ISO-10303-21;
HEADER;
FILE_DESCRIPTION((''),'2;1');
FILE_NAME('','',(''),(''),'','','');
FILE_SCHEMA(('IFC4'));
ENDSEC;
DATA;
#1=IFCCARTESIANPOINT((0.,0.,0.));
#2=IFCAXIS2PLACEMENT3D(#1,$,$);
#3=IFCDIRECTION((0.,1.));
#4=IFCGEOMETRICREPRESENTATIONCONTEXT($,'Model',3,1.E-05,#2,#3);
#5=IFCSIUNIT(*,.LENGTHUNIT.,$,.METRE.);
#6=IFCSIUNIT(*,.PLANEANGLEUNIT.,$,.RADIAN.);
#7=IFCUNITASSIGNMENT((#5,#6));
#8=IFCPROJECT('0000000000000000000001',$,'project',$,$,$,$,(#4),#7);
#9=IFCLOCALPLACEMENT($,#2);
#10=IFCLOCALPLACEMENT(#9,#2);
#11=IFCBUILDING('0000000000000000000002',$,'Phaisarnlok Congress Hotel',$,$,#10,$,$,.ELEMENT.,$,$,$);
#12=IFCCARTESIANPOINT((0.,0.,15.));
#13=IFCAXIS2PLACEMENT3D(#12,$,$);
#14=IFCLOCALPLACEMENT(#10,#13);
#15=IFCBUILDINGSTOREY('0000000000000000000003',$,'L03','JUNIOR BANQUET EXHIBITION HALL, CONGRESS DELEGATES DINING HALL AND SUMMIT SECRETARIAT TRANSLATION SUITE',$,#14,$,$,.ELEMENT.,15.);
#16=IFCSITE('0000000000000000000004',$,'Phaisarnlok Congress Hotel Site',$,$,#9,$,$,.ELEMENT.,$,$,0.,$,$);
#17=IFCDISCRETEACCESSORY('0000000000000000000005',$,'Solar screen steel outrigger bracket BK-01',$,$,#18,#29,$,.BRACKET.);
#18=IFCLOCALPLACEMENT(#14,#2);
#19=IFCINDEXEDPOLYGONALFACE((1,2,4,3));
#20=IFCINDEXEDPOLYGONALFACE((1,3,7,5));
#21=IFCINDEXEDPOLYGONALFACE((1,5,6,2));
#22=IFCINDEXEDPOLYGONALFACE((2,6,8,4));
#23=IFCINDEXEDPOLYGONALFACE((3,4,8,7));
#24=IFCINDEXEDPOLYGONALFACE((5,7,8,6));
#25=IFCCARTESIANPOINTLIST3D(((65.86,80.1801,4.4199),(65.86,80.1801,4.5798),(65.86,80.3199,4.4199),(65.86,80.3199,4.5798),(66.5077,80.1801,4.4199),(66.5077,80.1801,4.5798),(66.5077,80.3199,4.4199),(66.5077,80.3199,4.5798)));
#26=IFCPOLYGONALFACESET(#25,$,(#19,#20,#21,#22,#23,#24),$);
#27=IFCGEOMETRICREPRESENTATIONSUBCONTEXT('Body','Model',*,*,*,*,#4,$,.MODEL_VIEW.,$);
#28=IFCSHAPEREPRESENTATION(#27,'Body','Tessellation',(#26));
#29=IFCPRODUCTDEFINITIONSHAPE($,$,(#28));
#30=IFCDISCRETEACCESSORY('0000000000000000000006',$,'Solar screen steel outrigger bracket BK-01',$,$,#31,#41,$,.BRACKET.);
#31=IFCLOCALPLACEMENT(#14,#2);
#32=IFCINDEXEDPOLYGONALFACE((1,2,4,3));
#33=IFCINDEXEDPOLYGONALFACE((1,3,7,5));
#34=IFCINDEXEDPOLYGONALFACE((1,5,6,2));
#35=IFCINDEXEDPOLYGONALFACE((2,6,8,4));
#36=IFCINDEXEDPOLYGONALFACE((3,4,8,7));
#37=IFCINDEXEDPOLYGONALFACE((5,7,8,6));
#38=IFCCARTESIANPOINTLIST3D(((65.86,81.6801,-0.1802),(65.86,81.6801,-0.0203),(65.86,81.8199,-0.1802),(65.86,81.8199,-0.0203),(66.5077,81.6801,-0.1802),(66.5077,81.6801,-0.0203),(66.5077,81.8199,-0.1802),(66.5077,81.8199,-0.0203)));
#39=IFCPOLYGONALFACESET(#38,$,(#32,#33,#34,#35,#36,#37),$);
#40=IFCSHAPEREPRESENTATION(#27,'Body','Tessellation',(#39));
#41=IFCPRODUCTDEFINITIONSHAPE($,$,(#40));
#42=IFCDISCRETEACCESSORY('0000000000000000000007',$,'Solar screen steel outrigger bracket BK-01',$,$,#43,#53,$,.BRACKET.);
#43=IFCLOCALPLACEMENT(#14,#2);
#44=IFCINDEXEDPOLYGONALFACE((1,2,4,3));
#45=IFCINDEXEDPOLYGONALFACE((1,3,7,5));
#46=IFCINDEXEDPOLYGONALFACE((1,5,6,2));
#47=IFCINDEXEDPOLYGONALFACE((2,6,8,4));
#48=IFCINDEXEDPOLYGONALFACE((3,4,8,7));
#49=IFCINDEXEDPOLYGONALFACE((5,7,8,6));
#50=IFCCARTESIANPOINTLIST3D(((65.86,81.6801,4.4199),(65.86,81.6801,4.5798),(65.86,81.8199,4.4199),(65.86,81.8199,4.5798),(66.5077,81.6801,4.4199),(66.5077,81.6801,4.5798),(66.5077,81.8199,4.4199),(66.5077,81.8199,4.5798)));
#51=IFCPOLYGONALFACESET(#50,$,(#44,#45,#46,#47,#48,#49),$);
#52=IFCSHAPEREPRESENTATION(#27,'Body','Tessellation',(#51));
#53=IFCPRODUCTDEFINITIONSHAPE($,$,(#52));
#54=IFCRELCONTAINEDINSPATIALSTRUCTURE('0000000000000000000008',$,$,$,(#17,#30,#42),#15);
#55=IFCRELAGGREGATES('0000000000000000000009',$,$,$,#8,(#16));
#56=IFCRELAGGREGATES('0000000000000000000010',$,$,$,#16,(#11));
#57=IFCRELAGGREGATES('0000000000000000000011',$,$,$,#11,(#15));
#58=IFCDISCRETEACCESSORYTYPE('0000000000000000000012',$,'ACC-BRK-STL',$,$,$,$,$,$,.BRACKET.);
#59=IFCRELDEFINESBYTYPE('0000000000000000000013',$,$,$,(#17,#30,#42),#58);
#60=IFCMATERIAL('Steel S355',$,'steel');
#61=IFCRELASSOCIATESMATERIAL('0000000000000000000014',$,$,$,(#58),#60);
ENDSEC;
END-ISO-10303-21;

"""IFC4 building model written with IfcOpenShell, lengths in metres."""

from ifc_helpers import new_model, si_unit, direction, frame, origin, origin_2d, place, context, subcontext, project, spatial, rectangle, extrude, material, type_object, element, save


model = new_model("IFC4")

# Units and contexts
model_context = context("Model", 3, precision=1e-05, world=origin(), true_north=direction((0.0, 1.0)))
body_context = subcontext(model_context, "Body", "Model", "MODEL_VIEW")
ifc_project = project(units=[si_unit("LENGTHUNIT", "METRE"), si_unit("PLANEANGLEUNIT", "RADIAN")], contexts=[model_context])

# Site, building, storey
site_placement = place(None, origin())
site = spatial("IfcSite", under=ifc_project, at=site_placement, Name="Phaisarnlok Congress Hotel Site", CompositionType="ELEMENT", RefElevation=0.0)
building_placement = place(site_placement, origin())
building = spatial("IfcBuilding", under=site, at=building_placement, Name="Phaisarnlok Congress Hotel", CompositionType="ELEMENT")
storey_placement = place(building_placement, frame((0.0, 0.0, 15.0)))
storey = spatial("IfcBuildingStorey", under=building, at=storey_placement, Name="L03", Description="JUNIOR BANQUET EXHIBITION HALL, CONGRESS DELEGATES DINING HALL AND SUMMIT SECRETARIAT TRANSLATION SUITE", CompositionType="ELEMENT", Elevation=15.0)

# Shared definitions
ifc_material_1 = material(Name="Steel S355", Category="steel")

# Discrete accessories
discrete_accessory_type = type_object("IfcDiscreteAccessoryType", Name="ACC-BRK-STL", PredefinedType="BRACKET", material=ifc_material_1)
for number, where, z_axis, x_axis, name in (
    (1, (66.1838, 80.25, 4.4199), (0.0, 0.0, 1.0), (1.0, 0.0, 0.0), "Solar screen steel outrigger bracket BK-01"),
    (2, (66.1838, 81.75, -0.1802), (0.0, 0.0, 1.0), (1.0, 0.0, 0.0), "Solar screen steel outrigger bracket BK-01"),
    (3, (66.1838, 81.75, 4.4199), (0.0, 0.0, 1.0), (1.0, 0.0, 0.0), "Solar screen steel outrigger bracket BK-01"),
):
    element("IfcDiscreteAccessory", number, at=place(storey_placement, frame(where, z_axis=z_axis, x_axis=x_axis)), inside=storey, type_object=discrete_accessory_type, Name=name, PredefinedType="BRACKET", context=body_context, shape_type="SweptSolid", body=[
        extrude(rectangle(XDim=0.6477, YDim=0.1399, at=origin_2d()), origin(), (0.0, 0.0, 1.0), 0.1599),
    ])

save(model, "model.ifc")
